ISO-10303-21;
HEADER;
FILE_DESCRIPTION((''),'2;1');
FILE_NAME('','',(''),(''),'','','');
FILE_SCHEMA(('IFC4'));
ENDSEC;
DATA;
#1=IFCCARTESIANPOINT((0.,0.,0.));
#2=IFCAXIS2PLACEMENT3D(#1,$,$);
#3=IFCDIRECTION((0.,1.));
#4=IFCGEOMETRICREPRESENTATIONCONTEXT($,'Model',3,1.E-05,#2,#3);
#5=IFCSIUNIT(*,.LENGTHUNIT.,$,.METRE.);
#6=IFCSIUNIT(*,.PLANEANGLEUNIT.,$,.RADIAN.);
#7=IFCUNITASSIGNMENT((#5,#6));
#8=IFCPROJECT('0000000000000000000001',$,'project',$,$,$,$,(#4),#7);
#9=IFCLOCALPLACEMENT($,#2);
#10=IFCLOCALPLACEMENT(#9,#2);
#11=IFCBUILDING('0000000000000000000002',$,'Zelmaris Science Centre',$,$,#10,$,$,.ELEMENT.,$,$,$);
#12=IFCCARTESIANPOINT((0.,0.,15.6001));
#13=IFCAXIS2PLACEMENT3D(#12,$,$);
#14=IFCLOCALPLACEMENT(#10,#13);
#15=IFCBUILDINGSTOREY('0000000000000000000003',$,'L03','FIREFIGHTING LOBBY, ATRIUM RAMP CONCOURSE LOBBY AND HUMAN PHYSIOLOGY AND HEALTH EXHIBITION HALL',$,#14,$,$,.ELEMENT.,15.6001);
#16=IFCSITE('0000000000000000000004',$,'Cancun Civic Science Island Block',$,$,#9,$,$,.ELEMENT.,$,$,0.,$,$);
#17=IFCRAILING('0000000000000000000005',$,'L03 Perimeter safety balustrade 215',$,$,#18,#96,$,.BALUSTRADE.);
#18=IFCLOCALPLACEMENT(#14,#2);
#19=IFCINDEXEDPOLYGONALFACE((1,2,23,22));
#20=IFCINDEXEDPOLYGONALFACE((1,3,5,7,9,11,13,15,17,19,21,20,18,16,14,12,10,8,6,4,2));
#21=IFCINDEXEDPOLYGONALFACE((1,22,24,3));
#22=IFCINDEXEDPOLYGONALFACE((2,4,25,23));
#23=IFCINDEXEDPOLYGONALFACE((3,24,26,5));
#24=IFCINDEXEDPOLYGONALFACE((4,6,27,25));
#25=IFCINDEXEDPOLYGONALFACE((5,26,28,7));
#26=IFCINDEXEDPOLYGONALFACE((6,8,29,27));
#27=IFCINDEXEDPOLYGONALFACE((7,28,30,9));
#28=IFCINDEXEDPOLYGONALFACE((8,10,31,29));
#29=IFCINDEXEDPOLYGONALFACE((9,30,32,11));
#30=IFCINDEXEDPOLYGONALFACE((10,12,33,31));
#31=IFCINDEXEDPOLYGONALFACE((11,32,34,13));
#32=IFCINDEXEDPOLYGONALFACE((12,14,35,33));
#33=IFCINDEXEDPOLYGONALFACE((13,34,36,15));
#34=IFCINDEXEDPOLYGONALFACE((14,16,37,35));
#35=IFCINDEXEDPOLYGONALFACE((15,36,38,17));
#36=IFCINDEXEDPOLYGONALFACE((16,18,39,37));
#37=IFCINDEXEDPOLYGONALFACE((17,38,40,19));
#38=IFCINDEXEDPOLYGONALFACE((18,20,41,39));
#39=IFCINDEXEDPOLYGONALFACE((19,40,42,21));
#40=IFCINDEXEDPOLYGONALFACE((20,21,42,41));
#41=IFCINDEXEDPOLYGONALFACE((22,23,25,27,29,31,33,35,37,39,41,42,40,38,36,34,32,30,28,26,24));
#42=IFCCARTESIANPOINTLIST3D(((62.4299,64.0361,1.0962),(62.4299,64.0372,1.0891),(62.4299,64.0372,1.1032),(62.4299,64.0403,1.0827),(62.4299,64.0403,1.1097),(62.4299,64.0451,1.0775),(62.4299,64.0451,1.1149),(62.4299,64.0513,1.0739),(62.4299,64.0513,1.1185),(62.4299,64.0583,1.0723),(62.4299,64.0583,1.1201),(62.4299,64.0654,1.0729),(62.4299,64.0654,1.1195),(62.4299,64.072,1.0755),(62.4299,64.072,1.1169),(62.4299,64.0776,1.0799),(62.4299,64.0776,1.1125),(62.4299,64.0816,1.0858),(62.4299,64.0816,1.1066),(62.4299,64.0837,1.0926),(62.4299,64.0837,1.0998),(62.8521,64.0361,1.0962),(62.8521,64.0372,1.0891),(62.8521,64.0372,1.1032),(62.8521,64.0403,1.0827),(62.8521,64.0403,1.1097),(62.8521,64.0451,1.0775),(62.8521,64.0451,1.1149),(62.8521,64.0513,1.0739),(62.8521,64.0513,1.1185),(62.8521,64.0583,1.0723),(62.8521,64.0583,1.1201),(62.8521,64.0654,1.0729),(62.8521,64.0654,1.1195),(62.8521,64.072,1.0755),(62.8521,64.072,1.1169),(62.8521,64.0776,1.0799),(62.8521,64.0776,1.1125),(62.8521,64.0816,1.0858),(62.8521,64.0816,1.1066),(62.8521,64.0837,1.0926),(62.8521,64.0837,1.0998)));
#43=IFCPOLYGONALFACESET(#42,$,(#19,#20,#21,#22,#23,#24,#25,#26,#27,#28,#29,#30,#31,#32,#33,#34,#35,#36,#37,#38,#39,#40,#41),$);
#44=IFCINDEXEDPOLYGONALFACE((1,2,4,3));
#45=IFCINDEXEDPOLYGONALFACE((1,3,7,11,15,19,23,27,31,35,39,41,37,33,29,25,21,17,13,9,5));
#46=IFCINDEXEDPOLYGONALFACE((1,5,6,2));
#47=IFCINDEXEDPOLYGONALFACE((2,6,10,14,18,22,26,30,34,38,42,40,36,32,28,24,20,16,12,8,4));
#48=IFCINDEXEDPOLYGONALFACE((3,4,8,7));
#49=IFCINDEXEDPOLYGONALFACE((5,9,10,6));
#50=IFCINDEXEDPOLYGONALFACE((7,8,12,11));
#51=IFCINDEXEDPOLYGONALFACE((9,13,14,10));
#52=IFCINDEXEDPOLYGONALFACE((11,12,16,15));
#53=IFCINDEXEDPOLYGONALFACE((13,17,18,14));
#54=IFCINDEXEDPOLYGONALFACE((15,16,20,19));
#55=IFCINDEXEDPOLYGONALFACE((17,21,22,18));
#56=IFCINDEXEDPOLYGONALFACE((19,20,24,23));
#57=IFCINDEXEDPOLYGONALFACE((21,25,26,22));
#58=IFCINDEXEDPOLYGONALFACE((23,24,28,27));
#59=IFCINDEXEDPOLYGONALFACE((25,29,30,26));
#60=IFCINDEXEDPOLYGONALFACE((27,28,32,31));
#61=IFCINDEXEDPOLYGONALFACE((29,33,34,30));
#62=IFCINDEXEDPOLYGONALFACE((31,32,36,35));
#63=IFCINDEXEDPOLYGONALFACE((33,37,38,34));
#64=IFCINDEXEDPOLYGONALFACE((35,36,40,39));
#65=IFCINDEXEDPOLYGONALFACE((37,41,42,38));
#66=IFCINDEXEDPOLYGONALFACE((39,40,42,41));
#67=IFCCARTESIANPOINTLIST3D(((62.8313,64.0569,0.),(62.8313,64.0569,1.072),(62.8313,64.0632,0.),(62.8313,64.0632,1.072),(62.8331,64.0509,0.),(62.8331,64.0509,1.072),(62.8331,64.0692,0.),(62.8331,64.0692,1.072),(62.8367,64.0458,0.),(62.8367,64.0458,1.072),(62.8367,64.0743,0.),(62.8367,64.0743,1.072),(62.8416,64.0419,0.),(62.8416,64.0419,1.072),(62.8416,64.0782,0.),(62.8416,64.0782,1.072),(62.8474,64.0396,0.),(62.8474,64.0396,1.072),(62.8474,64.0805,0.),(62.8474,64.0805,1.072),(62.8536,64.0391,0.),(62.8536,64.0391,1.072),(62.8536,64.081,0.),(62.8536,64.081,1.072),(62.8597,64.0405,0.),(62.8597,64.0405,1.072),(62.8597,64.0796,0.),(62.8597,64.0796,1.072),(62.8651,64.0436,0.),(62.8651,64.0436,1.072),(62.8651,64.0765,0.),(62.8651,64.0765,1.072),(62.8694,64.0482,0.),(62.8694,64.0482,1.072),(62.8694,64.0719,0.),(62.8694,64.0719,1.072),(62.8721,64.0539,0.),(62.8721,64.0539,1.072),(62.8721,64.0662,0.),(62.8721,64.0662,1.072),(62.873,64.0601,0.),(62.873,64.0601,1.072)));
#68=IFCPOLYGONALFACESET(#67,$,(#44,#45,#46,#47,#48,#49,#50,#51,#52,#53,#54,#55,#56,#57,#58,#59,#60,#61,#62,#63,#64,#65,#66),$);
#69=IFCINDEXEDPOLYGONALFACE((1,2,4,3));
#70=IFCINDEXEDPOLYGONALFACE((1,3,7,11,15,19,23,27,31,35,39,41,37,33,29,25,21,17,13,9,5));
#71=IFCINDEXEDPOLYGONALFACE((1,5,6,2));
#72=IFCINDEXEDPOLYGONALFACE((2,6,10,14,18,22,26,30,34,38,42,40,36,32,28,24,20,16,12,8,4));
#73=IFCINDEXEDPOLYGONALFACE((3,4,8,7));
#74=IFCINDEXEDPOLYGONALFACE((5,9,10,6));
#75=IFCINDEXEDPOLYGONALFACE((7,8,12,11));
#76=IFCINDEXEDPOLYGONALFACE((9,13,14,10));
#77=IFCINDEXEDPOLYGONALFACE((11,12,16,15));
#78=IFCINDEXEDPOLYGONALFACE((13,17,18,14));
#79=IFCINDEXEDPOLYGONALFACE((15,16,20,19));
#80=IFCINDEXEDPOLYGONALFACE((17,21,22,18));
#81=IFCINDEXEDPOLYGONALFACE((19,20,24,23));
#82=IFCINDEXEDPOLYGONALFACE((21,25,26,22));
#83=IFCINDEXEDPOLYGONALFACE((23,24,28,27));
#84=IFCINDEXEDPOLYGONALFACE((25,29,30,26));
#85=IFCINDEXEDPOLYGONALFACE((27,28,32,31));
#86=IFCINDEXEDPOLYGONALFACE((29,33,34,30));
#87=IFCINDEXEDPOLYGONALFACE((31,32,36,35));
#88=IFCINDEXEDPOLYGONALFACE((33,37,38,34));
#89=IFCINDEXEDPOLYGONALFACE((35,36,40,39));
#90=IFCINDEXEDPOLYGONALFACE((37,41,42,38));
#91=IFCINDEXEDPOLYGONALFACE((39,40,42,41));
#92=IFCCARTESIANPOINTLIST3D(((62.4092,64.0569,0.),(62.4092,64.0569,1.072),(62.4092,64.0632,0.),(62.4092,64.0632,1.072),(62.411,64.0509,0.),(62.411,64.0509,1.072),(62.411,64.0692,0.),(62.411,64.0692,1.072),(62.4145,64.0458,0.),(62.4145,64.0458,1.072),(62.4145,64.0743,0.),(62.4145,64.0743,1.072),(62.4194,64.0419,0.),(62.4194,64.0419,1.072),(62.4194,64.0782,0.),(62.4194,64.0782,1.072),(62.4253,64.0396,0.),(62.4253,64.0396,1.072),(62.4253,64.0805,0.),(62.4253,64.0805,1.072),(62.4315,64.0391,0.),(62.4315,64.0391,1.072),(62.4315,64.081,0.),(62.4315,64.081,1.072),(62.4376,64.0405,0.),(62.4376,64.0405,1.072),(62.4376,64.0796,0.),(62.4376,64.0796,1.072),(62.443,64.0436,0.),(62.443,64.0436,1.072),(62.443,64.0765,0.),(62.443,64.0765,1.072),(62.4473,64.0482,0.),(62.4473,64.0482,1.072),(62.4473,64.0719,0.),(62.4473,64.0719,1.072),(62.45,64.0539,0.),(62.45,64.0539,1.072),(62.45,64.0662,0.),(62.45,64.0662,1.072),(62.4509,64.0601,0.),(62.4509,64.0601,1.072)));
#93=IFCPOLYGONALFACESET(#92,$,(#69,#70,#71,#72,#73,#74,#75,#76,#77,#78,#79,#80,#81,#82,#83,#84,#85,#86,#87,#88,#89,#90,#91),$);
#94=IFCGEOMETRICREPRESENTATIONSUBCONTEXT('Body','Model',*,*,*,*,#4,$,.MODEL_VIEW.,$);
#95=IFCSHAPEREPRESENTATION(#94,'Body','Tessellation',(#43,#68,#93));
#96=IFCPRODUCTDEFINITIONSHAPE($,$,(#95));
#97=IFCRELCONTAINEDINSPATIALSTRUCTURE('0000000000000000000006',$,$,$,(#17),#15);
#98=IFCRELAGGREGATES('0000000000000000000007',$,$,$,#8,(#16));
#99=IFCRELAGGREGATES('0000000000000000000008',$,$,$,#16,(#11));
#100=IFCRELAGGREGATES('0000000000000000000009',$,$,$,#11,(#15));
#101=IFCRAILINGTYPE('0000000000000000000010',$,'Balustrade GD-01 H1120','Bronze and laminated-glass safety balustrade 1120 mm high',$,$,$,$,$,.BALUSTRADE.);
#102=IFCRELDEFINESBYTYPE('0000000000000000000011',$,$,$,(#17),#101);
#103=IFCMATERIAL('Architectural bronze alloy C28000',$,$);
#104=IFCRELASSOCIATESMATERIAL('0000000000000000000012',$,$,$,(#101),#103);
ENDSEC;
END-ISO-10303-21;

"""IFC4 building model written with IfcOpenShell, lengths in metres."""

from ifc_helpers import new_model, si_unit, direction, frame, origin, origin_2d, place, context, subcontext, project, spatial, circle, extrude, material, type_object, element, save


model = new_model("IFC4")

# Units and contexts
model_context = context("Model", 3, precision=1e-05, world=origin(), true_north=direction((0.0, 1.0)))
body_context = subcontext(model_context, "Body", "Model", "MODEL_VIEW")
ifc_project = project(units=[si_unit("LENGTHUNIT", "METRE"), si_unit("PLANEANGLEUNIT", "RADIAN")], contexts=[model_context])

# Site, building, storey
site_placement = place(None, origin())
site = spatial("IfcSite", under=ifc_project, at=site_placement, Name="Cancun Civic Science Island Block", CompositionType="ELEMENT", RefElevation=0.0)
building_placement = place(site_placement, origin())
building = spatial("IfcBuilding", under=site, at=building_placement, Name="Zelmaris Science Centre", CompositionType="ELEMENT")
storey_placement = place(building_placement, frame((0.0, 0.0, 15.6001)))
storey = spatial("IfcBuildingStorey", under=building, at=storey_placement, Name="L03", Description="FIREFIGHTING LOBBY, ATRIUM RAMP CONCOURSE LOBBY AND HUMAN PHYSIOLOGY AND HEALTH EXHIBITION HALL", CompositionType="ELEMENT", Elevation=15.6001)

# Railing
ifc_material_1 = material(Name="Architectural bronze alloy C28000")
railing_type = type_object("IfcRailingType", Name="Balustrade GD-01 H1120", Description="Bronze and laminated-glass safety balustrade 1120 mm high", PredefinedType="BALUSTRADE", material=ifc_material_1)
railing_1_placement = place(storey_placement, frame((62.8521, 64.0601, 0.0)))
element("IfcRailing", 1, at=railing_1_placement, inside=storey, type_object=railing_type, Name="L03 Perimeter safety balustrade 215", PredefinedType="BALUSTRADE", context=body_context, shape_type="SweptSolid", body=[
    extrude(circle(Radius=0.0239, at=origin_2d()), frame((0.0, 0.0, 1.0962), z_axis=(-1.0, 0.0, 0.0), x_axis=(0.0, -1.0, 0.0)), (0.0, 0.0, 1.0), 0.4221),
    extrude(circle(Radius=0.021, at=origin_2d()), origin(), (0.0, 0.0, 1.0), 1.072),
    extrude(circle(Radius=0.021, at=origin_2d()), frame((-0.4221, 0.0, 0.0)), (0.0, 0.0, 1.0), 1.072),
])

save(model, "model.ifc")
